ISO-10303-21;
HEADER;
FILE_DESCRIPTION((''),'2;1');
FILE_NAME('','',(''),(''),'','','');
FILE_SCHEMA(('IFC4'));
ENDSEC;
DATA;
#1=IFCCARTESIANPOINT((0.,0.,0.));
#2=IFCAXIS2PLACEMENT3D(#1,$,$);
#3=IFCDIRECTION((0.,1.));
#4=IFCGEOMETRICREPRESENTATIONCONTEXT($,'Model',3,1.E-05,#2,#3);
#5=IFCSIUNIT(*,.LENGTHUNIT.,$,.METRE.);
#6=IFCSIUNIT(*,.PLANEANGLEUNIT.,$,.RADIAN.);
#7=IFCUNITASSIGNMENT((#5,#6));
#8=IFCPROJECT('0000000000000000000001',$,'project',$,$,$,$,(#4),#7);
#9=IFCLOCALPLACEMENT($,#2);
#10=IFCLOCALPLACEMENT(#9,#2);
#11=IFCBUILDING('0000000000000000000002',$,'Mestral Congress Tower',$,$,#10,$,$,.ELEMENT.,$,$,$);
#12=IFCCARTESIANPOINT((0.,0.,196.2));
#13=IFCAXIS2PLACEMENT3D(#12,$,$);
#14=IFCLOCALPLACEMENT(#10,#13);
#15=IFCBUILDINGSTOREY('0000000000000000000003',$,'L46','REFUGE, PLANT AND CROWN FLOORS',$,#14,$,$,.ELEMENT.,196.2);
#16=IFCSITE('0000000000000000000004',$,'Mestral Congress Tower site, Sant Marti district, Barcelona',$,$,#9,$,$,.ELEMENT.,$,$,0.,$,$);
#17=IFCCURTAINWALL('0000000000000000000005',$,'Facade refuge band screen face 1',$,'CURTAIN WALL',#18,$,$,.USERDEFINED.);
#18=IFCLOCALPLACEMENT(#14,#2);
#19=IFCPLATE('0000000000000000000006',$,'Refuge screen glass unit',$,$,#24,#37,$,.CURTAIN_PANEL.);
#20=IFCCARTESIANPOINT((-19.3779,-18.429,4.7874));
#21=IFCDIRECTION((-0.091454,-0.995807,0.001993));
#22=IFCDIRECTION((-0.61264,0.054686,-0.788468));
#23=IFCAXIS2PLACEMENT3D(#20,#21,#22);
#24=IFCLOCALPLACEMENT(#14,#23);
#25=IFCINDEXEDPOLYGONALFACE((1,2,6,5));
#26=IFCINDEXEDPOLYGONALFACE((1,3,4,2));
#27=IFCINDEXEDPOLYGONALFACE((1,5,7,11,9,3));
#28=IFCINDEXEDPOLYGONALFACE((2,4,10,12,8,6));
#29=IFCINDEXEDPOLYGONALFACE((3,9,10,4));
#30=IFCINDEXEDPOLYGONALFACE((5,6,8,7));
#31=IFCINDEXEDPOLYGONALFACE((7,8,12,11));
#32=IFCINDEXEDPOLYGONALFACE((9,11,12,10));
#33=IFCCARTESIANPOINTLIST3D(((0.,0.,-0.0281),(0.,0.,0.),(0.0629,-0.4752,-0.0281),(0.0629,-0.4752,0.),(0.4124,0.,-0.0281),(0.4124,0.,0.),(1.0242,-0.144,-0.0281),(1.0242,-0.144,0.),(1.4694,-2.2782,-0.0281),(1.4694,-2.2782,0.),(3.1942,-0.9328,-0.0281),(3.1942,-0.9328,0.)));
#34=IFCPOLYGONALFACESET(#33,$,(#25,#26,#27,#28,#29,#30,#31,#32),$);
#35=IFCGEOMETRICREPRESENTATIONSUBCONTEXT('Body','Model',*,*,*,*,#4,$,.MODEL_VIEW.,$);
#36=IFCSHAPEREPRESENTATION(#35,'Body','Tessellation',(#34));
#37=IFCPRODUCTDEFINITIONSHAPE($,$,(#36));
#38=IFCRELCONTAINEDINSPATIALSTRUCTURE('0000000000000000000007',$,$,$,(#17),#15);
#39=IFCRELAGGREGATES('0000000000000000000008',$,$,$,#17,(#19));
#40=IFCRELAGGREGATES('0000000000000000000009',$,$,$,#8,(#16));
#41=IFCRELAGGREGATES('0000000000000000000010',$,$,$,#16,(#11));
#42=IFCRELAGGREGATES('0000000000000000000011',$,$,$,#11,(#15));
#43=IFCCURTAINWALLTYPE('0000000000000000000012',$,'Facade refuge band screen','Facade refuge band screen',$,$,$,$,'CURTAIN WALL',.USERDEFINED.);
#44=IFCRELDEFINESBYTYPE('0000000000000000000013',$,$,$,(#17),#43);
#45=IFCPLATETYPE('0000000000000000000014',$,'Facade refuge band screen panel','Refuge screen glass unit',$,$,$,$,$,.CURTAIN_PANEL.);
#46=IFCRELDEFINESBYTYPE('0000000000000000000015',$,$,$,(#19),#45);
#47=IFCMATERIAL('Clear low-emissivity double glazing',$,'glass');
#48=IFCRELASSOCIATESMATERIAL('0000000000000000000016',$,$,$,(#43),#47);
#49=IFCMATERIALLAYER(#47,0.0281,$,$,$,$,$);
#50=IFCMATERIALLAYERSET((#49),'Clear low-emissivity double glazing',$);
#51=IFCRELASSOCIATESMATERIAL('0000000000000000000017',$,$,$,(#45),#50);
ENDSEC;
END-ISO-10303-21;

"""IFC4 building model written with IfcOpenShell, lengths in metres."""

from ifc_helpers import new_model, si_unit, direction, frame, origin, place, context, subcontext, project, spatial, polyline, outline, extrude, material, layer, layer_set, type_object, element, aggregate, save


model = new_model("IFC4")

# Units and contexts
model_context = context("Model", 3, precision=1e-05, world=origin(), true_north=direction((0.0, 1.0)))
body_context = subcontext(model_context, "Body", "Model", "MODEL_VIEW")
ifc_project = project(units=[si_unit("LENGTHUNIT", "METRE"), si_unit("PLANEANGLEUNIT", "RADIAN")], contexts=[model_context])

# Site, building, storey
site_placement = place(None, origin())
site = spatial("IfcSite", under=ifc_project, at=site_placement, Name="Mestral Congress Tower site, Sant Marti district, Barcelona", CompositionType="ELEMENT", RefElevation=0.0)
building_placement = place(site_placement, origin())
building = spatial("IfcBuilding", under=site, at=building_placement, Name="Mestral Congress Tower", CompositionType="ELEMENT")
storey_placement = place(building_placement, frame((0.0, 0.0, 196.2)))
storey = spatial("IfcBuildingStorey", under=building, at=storey_placement, Name="L46", Description="REFUGE, PLANT AND CROWN FLOORS", CompositionType="ELEMENT", Elevation=196.2)

# Curtain wall, plate
ifc_material_1 = material(Name="Clear low-emissivity double glazing", Category="glass")
curtain_wall_type = type_object("IfcCurtainWallType", Name="Facade refuge band screen", Description="Facade refuge band screen", ElementType="CURTAIN WALL", PredefinedType="USERDEFINED", material=ifc_material_1)
placement = place(storey_placement, origin())
curtain_wall = element("IfcCurtainWall", 1, at=placement, inside=storey, type_object=curtain_wall_type, Name="Facade refuge band screen face 1", ObjectType="CURTAIN WALL", PredefinedType="USERDEFINED")
ifc_layer_1 = layer(ifc_material_1, 0.0281)
ifc_layer_set_1 = layer_set([ifc_layer_1], Name="Clear low-emissivity double glazing")
plate_type_1 = type_object("IfcPlateType", Name="Facade refuge band screen panel", Description="Refuge screen glass unit", PredefinedType="CURTAIN_PANEL", material=ifc_layer_set_1)
plate_1_placement = place(storey_placement, frame((-19.3779, -18.429, 4.7874), z_axis=(-0.091454, -0.995807, 0.001993), x_axis=(-0.61264, 0.054686, -0.788468)))
plate_1 = element("IfcPlate", 2, at=plate_1_placement, type_object=plate_type_1, Name="Refuge screen glass unit", PredefinedType="CURTAIN_PANEL", context=body_context, shape_type="SweptSolid", body=[
    extrude(outline(polyline([(0.0, 0.0), (0.4124, 0.0), (1.0242, -0.144), (3.1942, -0.9328), (1.4694, -2.2782), (0.0629, -0.4752), (0.0, 0.0)])), origin(), (0.0, 0.0, -1.0), 0.0281),
])

aggregate(curtain_wall, [plate_1])

save(model, "model.ifc")
